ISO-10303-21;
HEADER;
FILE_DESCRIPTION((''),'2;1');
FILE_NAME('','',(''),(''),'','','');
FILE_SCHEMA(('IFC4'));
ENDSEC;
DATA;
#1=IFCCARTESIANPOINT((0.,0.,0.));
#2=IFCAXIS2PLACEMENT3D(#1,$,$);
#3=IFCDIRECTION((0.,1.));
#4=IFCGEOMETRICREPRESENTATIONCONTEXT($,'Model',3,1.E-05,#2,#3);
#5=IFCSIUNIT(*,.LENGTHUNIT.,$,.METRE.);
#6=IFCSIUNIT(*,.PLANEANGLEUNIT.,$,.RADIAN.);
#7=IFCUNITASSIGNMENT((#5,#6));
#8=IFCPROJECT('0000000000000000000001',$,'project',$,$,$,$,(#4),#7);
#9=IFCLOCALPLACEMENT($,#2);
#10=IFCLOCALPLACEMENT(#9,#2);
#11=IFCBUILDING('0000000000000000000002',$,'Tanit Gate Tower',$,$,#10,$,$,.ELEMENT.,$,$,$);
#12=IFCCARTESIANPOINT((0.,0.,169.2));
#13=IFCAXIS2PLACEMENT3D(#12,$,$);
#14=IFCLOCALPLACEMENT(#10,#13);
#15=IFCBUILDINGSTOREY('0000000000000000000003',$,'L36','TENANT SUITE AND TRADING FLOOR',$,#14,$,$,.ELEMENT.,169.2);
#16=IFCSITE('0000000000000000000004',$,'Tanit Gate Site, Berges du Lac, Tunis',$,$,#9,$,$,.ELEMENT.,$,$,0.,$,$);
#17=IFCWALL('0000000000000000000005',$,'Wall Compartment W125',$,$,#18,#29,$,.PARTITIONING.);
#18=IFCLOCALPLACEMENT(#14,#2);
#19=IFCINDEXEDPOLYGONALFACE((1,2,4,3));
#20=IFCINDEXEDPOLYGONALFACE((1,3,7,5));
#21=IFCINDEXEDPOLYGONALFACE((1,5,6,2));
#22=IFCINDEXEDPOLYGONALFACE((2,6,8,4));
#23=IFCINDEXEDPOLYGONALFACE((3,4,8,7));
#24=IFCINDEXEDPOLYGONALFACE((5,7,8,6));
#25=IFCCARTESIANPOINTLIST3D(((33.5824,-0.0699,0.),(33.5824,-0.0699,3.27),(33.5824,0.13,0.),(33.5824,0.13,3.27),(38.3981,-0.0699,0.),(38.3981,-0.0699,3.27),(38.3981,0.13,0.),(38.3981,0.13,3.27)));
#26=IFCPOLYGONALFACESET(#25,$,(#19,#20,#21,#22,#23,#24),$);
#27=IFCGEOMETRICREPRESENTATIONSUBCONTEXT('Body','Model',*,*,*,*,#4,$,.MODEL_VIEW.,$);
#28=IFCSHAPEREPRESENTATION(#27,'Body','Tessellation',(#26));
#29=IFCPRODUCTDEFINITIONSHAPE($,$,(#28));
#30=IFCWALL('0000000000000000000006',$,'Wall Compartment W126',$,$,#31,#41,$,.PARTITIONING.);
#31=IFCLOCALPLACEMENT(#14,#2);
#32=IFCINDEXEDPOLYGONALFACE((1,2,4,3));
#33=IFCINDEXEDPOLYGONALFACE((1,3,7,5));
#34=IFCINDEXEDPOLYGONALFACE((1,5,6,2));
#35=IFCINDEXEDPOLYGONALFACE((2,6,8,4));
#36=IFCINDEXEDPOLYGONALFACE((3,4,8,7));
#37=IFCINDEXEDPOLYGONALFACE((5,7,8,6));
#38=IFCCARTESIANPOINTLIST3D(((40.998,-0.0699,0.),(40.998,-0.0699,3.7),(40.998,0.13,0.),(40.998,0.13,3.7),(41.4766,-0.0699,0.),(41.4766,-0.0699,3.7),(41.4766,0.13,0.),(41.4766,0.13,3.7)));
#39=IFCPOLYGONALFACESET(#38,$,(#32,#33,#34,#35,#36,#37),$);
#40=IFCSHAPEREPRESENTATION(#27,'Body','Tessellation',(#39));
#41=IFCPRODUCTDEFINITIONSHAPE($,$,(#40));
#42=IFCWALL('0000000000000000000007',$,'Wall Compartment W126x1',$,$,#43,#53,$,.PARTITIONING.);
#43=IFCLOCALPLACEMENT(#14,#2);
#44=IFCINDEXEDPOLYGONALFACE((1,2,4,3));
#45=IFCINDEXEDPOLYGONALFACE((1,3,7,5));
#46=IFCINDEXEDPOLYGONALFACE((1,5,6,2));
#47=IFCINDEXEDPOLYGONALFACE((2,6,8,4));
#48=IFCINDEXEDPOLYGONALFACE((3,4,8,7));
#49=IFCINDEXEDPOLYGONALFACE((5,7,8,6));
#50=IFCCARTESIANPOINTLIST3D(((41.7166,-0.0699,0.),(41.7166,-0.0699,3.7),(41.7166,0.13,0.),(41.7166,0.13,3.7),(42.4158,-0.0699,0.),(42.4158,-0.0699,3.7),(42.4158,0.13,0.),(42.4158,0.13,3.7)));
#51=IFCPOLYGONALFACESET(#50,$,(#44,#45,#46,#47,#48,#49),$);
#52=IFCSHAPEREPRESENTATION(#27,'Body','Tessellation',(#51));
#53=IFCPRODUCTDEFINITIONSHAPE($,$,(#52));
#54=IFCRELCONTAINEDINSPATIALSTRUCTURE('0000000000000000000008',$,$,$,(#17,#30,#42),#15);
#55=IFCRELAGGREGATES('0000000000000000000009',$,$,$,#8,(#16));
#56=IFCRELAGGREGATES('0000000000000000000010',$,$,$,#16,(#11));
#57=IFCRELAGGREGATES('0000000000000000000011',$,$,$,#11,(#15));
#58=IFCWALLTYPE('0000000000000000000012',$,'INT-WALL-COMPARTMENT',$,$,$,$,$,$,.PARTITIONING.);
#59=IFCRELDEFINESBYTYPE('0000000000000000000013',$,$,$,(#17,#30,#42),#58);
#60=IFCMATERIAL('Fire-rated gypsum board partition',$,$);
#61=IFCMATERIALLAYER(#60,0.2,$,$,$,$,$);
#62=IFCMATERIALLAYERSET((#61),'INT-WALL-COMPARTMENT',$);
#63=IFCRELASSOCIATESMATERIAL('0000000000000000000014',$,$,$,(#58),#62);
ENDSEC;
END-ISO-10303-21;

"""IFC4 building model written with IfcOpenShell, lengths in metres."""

from ifc_helpers import new_model, si_unit, direction, frame, frame_2d, origin, place, context, subcontext, project, spatial, rectangle, extrude, material, layer, layer_set, type_object, element, save


model = new_model("IFC4")

# Units and contexts
model_context = context("Model", 3, precision=1e-05, world=origin(), true_north=direction((0.0, 1.0)))
body_context = subcontext(model_context, "Body", "Model", "MODEL_VIEW")
ifc_project = project(units=[si_unit("LENGTHUNIT", "METRE"), si_unit("PLANEANGLEUNIT", "RADIAN")], contexts=[model_context])

# Site, building, storey
site_placement = place(None, origin())
site = spatial("IfcSite", under=ifc_project, at=site_placement, Name="Tanit Gate Site, Berges du Lac, Tunis", CompositionType="ELEMENT", RefElevation=0.0)
building_placement = place(site_placement, origin())
building = spatial("IfcBuilding", under=site, at=building_placement, Name="Tanit Gate Tower", CompositionType="ELEMENT")
storey_placement = place(building_placement, frame((0.0, 0.0, 169.2)))
storey = spatial("IfcBuildingStorey", under=building, at=storey_placement, Name="L36", Description="TENANT SUITE AND TRADING FLOOR", CompositionType="ELEMENT", Elevation=169.2)

# Walls
ifc_material_1 = material(Name="Fire-rated gypsum board partition")
ifc_layer_1 = layer(ifc_material_1, 0.2)
ifc_layer_set_1 = layer_set([ifc_layer_1], Name="INT-WALL-COMPARTMENT")
wall_type_1 = type_object("IfcWallType", Name="INT-WALL-COMPARTMENT", PredefinedType="PARTITIONING", material=ifc_layer_set_1)
wall_1_placement = place(storey_placement, frame((33.5825, 0.03, 0.0), z_axis=(0.0, 0.0, 1.0), x_axis=(1.0, 0.0, 0.0)))
element("IfcWall", 1, at=wall_1_placement, inside=storey, type_object=wall_type_1, Name="Wall Compartment W125", PredefinedType="PARTITIONING", context=body_context, shape_type="SweptSolid", body=[
    extrude(rectangle(XDim=4.8157, YDim=0.2, at=frame_2d((2.4077, 0.0))), origin(), (0.0, 0.0, 1.0), 3.27),
])
wall_2_placement = place(storey_placement, frame((40.998, 0.03, 0.0), z_axis=(0.0, 0.0, 1.0), x_axis=(1.0, 0.0, 0.0)))
element("IfcWall", 2, at=wall_2_placement, inside=storey, type_object=wall_type_1, Name="Wall Compartment W126", PredefinedType="PARTITIONING", context=body_context, shape_type="SweptSolid", body=[
    extrude(rectangle(XDim=0.4785, YDim=0.2, at=frame_2d((0.2393, 0.0))), origin(), (0.0, 0.0, 1.0), 3.7),
])
wall_3_placement = place(storey_placement, frame((41.7166, 0.03, 0.0), z_axis=(0.0, 0.0, 1.0), x_axis=(1.0, 0.0, 0.0)))
element("IfcWall", 3, at=wall_3_placement, inside=storey, type_object=wall_type_1, Name="Wall Compartment W126x1", PredefinedType="PARTITIONING", context=body_context, shape_type="SweptSolid", body=[
    extrude(rectangle(XDim=0.6992, YDim=0.2, at=frame_2d((0.3496, 0.0))), origin(), (0.0, 0.0, 1.0), 3.7),
])

save(model, "model.ifc")
